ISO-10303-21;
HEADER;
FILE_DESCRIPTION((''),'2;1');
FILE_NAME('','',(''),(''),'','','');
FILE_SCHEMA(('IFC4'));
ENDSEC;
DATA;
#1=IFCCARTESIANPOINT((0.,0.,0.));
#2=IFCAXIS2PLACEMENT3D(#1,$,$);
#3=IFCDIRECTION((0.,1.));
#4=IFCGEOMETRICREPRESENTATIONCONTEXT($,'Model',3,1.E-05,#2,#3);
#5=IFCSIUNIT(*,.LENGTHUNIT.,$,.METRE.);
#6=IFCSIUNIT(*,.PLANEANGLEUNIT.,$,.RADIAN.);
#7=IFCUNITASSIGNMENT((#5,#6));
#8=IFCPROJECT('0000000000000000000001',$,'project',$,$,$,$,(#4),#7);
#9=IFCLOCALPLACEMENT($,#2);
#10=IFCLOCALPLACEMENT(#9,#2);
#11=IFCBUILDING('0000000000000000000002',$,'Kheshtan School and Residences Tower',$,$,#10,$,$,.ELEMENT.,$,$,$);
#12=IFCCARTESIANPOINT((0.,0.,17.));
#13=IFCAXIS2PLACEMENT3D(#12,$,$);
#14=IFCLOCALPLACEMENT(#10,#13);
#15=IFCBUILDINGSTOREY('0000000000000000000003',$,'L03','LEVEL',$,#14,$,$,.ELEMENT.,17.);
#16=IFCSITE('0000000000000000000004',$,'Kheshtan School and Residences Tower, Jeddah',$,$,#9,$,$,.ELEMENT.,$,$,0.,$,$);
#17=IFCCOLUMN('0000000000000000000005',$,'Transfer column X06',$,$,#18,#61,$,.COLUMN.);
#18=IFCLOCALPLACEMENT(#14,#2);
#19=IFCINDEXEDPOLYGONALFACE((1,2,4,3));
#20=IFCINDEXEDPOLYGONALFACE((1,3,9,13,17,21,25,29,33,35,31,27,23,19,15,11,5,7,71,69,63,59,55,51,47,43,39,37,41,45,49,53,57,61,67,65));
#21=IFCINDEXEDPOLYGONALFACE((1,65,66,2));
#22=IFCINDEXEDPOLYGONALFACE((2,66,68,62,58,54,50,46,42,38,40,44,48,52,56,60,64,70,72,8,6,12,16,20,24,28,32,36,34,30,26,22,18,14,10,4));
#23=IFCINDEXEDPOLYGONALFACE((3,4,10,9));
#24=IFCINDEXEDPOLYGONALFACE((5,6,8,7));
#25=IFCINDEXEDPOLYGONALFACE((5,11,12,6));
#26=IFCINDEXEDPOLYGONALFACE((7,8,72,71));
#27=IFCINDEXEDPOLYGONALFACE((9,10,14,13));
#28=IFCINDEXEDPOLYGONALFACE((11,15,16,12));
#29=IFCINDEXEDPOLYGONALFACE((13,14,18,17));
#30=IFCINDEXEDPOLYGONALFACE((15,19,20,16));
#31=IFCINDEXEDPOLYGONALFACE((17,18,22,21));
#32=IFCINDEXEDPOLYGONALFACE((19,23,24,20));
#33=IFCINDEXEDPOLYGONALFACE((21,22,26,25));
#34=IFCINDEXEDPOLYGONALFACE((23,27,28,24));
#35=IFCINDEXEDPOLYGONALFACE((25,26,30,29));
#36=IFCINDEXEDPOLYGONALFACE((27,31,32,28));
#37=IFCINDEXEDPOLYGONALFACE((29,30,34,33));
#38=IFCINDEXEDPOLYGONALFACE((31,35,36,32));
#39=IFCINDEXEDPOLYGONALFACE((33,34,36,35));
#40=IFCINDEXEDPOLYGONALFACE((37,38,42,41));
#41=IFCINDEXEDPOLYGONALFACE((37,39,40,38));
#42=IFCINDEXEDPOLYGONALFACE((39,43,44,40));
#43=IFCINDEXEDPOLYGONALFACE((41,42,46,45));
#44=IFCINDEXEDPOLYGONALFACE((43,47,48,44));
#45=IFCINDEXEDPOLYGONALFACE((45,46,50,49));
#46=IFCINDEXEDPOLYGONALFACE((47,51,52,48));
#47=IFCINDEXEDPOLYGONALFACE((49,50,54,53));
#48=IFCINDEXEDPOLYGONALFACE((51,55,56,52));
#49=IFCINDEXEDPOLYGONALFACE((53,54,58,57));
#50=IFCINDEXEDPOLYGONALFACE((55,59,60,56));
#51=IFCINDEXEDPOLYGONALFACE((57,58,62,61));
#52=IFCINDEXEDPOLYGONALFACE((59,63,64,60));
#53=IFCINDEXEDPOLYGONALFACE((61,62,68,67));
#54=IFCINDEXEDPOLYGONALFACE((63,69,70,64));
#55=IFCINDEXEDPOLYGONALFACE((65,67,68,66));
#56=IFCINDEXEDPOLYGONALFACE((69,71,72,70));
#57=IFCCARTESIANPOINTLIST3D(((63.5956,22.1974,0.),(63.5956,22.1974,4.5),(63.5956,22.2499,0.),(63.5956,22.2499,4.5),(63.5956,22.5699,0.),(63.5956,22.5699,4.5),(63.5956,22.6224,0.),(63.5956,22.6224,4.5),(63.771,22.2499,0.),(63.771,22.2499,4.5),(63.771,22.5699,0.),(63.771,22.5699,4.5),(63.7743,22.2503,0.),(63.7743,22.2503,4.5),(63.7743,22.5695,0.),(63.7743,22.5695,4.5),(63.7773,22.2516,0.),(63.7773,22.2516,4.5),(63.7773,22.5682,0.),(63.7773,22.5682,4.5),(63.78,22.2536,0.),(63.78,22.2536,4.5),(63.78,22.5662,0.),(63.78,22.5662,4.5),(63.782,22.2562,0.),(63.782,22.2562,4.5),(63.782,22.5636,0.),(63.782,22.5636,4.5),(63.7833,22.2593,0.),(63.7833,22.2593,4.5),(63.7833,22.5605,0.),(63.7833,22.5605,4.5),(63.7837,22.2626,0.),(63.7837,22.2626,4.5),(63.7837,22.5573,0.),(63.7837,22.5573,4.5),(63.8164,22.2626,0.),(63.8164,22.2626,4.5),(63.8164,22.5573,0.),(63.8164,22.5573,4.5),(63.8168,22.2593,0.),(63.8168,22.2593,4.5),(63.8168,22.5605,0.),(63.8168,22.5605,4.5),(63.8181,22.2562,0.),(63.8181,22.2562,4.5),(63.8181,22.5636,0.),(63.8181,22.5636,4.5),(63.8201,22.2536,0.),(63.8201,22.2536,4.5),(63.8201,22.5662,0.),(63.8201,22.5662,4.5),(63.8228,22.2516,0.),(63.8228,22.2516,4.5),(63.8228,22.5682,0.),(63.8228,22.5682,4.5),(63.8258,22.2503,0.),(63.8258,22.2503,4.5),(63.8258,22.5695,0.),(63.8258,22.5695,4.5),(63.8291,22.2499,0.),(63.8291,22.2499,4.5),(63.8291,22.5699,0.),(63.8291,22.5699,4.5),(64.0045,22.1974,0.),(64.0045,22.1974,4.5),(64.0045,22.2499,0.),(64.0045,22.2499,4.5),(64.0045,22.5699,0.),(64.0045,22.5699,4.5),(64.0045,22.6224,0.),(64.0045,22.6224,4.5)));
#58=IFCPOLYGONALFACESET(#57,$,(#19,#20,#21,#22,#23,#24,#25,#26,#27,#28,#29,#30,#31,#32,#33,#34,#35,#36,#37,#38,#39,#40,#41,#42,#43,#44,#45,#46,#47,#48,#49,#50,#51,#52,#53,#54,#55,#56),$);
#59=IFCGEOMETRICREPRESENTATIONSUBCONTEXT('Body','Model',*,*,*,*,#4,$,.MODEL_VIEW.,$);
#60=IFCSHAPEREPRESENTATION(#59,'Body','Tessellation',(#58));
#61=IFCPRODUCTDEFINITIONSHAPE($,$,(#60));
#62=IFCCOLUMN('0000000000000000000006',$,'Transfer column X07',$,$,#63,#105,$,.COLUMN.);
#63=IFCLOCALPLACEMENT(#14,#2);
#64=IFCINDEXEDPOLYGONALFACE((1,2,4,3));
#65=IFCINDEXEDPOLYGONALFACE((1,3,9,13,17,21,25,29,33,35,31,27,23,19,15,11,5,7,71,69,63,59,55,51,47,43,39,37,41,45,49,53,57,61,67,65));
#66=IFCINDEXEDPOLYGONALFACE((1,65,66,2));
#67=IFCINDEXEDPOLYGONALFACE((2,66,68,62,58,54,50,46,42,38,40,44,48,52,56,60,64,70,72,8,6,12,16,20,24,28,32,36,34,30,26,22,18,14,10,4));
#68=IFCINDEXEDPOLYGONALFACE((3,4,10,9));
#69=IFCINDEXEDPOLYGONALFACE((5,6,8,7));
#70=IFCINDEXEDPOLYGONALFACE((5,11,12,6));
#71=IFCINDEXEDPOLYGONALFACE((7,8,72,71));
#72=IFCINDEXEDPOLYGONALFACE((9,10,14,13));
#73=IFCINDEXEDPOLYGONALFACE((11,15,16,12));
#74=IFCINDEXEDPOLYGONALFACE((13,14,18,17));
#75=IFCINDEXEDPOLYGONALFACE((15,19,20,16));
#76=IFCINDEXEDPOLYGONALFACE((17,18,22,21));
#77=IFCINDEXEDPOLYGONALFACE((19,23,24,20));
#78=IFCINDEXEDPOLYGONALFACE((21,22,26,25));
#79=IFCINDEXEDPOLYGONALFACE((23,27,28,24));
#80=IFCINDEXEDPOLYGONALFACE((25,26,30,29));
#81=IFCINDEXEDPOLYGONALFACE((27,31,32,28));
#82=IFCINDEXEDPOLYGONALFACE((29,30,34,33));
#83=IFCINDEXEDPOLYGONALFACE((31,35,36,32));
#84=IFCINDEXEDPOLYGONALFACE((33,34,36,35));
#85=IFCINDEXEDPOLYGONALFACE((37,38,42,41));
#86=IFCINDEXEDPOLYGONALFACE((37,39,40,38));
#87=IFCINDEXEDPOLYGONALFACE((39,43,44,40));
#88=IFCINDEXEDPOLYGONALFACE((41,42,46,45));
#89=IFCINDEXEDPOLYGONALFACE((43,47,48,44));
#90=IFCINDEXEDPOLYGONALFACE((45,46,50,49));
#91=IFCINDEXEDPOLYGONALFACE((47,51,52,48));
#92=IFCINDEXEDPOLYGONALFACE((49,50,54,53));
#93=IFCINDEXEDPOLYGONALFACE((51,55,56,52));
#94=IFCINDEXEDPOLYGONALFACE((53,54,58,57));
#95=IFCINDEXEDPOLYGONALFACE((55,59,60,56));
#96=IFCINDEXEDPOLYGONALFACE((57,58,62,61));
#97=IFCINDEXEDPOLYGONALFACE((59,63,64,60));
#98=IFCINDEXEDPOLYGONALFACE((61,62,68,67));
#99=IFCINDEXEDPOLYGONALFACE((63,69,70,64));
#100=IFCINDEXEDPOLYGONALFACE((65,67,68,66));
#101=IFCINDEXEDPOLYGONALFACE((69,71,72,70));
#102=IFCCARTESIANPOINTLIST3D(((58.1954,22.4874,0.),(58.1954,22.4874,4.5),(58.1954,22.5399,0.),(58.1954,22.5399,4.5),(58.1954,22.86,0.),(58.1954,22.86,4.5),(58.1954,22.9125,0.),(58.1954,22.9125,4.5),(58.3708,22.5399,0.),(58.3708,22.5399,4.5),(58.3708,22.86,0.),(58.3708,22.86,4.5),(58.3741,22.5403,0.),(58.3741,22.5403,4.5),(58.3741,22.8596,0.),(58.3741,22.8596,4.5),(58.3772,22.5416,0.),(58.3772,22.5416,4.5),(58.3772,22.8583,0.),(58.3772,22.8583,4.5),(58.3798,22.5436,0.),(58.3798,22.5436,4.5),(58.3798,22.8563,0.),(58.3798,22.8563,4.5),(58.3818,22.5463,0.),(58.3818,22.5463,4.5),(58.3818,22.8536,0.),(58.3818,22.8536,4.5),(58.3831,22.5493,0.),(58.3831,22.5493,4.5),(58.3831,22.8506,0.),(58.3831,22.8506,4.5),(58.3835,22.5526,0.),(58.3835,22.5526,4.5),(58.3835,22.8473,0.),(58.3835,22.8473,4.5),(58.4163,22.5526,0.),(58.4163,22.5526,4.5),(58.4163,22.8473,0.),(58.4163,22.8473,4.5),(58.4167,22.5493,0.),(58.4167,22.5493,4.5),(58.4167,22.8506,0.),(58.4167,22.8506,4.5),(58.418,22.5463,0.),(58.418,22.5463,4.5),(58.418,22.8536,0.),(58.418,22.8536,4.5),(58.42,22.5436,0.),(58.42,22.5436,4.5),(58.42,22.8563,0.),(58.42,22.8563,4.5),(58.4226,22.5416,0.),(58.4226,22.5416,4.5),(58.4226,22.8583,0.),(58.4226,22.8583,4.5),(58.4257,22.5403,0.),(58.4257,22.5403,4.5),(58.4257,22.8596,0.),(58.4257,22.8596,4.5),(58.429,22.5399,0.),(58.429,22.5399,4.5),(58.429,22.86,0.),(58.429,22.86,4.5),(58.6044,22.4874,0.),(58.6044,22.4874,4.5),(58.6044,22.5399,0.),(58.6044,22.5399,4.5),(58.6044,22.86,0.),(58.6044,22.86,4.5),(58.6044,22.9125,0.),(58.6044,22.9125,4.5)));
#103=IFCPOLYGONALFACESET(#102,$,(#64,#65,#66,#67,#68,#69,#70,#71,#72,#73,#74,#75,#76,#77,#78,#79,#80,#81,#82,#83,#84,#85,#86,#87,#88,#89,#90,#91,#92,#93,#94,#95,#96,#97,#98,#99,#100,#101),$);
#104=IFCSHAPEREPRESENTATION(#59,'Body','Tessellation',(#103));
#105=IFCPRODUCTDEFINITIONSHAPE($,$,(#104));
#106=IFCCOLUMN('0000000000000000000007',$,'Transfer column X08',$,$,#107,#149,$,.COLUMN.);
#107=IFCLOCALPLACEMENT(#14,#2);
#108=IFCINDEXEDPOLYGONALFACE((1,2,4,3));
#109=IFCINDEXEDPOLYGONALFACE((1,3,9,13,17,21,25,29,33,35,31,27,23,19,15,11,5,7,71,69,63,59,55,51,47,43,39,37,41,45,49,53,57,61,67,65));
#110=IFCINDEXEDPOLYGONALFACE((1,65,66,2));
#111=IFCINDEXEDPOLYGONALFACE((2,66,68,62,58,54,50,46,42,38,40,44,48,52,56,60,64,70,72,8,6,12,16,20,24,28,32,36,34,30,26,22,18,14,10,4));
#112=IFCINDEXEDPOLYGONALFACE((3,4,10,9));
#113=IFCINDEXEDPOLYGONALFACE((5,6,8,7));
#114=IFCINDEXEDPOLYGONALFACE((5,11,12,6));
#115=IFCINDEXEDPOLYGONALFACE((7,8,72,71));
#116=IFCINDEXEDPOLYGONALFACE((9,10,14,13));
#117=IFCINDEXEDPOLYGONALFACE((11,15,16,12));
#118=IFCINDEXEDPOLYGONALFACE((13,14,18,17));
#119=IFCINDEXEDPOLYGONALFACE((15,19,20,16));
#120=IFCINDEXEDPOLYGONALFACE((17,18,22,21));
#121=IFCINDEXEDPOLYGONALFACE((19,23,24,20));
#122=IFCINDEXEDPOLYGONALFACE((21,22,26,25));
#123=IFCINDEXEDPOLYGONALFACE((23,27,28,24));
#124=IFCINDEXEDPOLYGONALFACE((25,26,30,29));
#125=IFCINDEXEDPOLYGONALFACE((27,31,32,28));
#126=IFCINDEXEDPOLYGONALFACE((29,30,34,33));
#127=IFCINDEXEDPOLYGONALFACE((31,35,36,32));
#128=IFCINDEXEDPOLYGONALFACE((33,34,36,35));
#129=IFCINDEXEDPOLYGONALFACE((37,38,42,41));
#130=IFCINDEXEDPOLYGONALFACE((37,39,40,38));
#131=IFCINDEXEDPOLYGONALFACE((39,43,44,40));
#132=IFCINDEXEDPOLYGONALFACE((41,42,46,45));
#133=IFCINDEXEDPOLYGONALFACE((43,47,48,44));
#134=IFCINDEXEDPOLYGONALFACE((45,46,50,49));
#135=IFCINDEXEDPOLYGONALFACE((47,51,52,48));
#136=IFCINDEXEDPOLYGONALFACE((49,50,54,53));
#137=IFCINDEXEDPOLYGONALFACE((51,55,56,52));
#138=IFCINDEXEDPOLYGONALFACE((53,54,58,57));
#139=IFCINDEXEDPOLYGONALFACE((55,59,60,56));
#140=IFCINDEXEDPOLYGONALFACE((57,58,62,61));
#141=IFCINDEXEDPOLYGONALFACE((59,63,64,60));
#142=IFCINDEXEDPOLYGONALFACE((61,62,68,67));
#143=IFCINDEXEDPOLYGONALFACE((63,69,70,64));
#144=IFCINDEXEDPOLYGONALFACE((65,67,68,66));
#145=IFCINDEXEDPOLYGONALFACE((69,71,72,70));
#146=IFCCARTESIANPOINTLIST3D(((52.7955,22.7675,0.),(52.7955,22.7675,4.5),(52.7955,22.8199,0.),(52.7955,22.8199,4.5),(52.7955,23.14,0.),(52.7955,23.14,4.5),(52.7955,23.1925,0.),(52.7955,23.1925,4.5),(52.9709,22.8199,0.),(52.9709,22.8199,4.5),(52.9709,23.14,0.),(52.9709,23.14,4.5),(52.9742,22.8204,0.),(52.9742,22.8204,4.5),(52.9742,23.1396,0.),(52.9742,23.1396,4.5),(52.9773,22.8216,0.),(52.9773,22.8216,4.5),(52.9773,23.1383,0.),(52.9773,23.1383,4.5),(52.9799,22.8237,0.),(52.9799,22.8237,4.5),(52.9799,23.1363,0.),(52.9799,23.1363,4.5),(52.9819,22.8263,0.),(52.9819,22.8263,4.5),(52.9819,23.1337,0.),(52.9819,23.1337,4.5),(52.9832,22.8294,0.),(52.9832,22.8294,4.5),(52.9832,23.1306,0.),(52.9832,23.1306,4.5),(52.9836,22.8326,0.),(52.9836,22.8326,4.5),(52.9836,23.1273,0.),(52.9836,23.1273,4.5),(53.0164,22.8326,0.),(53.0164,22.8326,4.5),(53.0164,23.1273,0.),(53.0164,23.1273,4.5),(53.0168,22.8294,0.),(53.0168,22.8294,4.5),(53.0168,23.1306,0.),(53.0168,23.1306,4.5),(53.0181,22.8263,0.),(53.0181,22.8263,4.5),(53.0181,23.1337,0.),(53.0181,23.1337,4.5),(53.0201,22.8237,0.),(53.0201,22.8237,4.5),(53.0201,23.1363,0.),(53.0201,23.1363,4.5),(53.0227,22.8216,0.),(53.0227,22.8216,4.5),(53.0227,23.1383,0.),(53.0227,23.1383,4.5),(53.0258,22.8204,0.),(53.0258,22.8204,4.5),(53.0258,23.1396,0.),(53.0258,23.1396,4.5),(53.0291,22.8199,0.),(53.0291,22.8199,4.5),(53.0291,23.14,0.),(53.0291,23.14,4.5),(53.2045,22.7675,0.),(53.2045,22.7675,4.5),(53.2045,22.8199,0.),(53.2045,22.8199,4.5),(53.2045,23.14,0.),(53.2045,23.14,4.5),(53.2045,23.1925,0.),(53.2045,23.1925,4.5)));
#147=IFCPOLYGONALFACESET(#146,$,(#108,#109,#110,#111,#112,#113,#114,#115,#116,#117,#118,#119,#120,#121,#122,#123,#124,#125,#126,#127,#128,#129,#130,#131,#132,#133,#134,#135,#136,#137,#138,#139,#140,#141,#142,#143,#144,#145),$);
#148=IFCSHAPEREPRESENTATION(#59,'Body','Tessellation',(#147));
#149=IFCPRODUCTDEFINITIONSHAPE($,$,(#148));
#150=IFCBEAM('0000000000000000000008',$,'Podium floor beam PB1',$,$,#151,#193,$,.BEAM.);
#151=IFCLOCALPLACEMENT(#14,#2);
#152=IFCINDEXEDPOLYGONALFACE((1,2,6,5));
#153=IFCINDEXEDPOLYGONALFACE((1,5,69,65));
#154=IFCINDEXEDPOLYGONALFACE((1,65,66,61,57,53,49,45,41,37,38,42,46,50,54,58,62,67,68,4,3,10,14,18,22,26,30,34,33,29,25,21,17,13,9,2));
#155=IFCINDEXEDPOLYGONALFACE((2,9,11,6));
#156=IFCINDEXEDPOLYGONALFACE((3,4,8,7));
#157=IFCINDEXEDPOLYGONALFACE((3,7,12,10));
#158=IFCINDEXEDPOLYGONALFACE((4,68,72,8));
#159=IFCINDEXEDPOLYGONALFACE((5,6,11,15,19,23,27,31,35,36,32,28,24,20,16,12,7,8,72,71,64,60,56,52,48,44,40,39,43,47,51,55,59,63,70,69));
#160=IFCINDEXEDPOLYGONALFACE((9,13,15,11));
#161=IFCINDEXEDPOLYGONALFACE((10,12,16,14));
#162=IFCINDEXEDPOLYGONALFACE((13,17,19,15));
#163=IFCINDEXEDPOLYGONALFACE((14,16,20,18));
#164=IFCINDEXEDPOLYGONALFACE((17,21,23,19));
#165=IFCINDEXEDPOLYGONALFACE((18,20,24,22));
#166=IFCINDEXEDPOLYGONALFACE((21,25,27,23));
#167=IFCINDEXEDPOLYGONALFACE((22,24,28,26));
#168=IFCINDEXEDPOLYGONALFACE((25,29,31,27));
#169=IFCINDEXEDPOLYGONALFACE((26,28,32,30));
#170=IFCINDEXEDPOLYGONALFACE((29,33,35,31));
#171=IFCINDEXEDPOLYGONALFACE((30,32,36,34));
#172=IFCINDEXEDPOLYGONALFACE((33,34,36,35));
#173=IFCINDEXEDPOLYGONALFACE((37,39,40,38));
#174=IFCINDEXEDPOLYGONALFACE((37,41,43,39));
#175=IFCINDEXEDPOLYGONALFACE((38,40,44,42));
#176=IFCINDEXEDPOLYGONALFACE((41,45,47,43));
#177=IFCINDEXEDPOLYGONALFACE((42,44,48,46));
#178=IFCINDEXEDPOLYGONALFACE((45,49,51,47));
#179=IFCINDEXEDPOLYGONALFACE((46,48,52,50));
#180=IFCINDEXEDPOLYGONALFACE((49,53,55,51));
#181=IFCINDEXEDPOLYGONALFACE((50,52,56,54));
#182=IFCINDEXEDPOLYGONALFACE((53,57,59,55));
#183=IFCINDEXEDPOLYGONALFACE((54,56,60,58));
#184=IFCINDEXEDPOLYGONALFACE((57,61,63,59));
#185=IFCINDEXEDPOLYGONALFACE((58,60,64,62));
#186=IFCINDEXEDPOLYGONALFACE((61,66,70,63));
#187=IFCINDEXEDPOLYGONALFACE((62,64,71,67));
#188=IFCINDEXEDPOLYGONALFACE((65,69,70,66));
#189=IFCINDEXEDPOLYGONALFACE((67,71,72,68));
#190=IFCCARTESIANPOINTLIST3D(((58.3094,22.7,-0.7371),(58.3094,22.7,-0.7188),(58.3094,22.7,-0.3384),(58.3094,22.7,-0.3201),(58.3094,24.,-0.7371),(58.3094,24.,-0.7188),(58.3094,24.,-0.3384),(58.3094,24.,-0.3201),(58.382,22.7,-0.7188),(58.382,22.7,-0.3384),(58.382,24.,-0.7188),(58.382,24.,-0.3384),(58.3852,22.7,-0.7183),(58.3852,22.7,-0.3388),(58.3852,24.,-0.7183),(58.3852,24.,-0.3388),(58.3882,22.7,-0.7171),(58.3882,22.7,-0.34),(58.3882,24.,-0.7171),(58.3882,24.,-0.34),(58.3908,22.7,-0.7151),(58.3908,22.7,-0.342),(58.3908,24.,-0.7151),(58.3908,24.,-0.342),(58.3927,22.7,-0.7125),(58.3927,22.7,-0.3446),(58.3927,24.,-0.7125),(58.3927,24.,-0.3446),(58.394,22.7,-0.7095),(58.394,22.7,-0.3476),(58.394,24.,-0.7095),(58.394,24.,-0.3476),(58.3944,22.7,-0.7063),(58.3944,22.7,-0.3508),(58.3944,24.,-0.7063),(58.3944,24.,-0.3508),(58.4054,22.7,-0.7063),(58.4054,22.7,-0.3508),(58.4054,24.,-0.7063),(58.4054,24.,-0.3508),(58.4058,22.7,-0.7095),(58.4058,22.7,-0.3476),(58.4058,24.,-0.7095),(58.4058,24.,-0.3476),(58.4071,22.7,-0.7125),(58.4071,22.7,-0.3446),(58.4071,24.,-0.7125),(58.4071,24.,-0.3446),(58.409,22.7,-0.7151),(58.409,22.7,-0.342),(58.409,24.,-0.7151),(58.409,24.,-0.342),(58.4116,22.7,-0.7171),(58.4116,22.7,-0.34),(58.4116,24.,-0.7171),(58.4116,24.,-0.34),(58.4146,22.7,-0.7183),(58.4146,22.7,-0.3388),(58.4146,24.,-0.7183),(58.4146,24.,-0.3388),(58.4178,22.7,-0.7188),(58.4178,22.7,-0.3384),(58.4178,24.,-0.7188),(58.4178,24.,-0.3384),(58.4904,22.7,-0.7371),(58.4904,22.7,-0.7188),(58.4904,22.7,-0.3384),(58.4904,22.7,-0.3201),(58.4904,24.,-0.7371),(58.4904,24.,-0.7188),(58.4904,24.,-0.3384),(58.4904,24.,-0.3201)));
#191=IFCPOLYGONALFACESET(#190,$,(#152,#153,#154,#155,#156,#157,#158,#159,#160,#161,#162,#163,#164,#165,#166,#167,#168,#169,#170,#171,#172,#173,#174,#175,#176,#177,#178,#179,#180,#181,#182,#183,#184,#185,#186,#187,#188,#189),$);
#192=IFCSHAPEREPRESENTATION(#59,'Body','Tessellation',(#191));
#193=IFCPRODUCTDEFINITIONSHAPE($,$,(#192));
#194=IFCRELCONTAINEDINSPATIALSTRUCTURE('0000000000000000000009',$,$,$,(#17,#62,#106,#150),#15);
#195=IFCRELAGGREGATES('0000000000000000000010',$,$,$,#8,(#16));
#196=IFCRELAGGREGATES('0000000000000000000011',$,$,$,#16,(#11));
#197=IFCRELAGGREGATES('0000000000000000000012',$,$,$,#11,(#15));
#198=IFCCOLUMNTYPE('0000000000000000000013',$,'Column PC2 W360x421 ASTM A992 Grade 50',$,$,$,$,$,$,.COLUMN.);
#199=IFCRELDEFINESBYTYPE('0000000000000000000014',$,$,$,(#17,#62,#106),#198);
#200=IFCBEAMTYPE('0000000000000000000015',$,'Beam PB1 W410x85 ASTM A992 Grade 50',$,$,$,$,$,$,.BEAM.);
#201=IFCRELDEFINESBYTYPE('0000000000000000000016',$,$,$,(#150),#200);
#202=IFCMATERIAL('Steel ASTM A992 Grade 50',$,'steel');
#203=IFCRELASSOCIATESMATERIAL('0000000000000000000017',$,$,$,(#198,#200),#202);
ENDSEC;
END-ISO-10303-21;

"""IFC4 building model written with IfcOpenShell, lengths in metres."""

from ifc_helpers import new_model, si_unit, direction, frame, origin, origin_2d, place, context, subcontext, project, spatial, i_section, extrude, material, material_profile, profile_set, type_object, element, save


model = new_model("IFC4")

# Units and contexts
model_context = context("Model", 3, precision=1e-05, world=origin(), true_north=direction((0.0, 1.0)))
body_context = subcontext(model_context, "Body", "Model", "MODEL_VIEW")
ifc_project = project(units=[si_unit("LENGTHUNIT", "METRE"), si_unit("PLANEANGLEUNIT", "RADIAN")], contexts=[model_context])

# Site, building, storey
site_placement = place(None, origin())
site = spatial("IfcSite", under=ifc_project, at=site_placement, Name="Kheshtan School and Residences Tower, Jeddah", CompositionType="ELEMENT", RefElevation=0.0)
building_placement = place(site_placement, origin())
building = spatial("IfcBuilding", under=site, at=building_placement, Name="Kheshtan School and Residences Tower", CompositionType="ELEMENT")
storey_placement = place(building_placement, frame((0.0, 0.0, 17.0)))
storey = spatial("IfcBuildingStorey", under=building, at=storey_placement, Name="L03", Description="LEVEL", CompositionType="ELEMENT", Elevation=17.0)

# Columns
ifc_material_1 = material(Name="Steel ASTM A992 Grade 50", Category="steel")
ifc_material_profile_1 = material_profile(ifc_material_1, i_section(OverallWidth=0.4089, OverallDepth=0.425, WebThickness=0.0327, FlangeThickness=0.0525, FilletRadius=0.0127, at=origin_2d()), Name="W360x421")
ifc_profile_set_1 = profile_set([ifc_material_profile_1], Name="Steel ASTM A992 Grade 50")
column_type = type_object("IfcColumnType", Name="Column PC2 W360x421 ASTM A992 Grade 50", PredefinedType="COLUMN", material=ifc_profile_set_1)
for number, where, z_axis, x_axis, name in (
    (1, (63.8, 22.4099, 0.0), (0.0, 0.0, 1.0), (1.0, 0.0, 0.0), "Transfer column X06"),
    (2, (58.3999, 22.7, 0.0), (0.0, 0.0, 1.0), (1.0, 0.0, 0.0), "Transfer column X07"),
    (3, (53.0, 22.98, 0.0), (0.0, 0.0, 1.0), (1.0, 0.0, 0.0), "Transfer column X08"),
):
    element("IfcColumn", number, at=place(storey_placement, frame(where, z_axis=z_axis, x_axis=x_axis)), inside=storey, type_object=column_type, Name=name, PredefinedType="COLUMN", context=body_context, shape_type="SweptSolid", body=[
        extrude(i_section(OverallWidth=0.4089, OverallDepth=0.425, WebThickness=0.0327, FlangeThickness=0.0525, FilletRadius=0.0127, at=origin_2d()), origin(), (0.0, 0.0, 1.0), 4.5),
    ])

# Beam
ifc_material_profile_2 = material_profile(ifc_material_1, i_section(OverallWidth=0.1809, OverallDepth=0.417, WebThickness=0.011, FlangeThickness=0.0183, FilletRadius=0.0125, at=origin_2d()), Name="W410x85")
ifc_profile_set_2 = profile_set([ifc_material_profile_2], Name="Steel ASTM A992 Grade 50")
beam_type_1 = type_object("IfcBeamType", Name="Beam PB1 W410x85 ASTM A992 Grade 50", PredefinedType="BEAM", material=ifc_profile_set_2)
beam_1_placement = place(storey_placement, frame((58.3999, 22.7, -0.5286), z_axis=(0.0, 1.0, 0.0), x_axis=(-1.0, 0.0, 0.0)))
element("IfcBeam", 4, at=beam_1_placement, inside=storey, type_object=beam_type_1, Name="Podium floor beam PB1", PredefinedType="BEAM", context=body_context, shape_type="SweptSolid", body=[
    extrude(i_section(OverallWidth=0.1809, OverallDepth=0.417, WebThickness=0.011, FlangeThickness=0.0183, FilletRadius=0.0125, at=origin_2d()), origin(), (0.0, 0.0, 1.0), 1.3),
])

save(model, "model.ifc")
